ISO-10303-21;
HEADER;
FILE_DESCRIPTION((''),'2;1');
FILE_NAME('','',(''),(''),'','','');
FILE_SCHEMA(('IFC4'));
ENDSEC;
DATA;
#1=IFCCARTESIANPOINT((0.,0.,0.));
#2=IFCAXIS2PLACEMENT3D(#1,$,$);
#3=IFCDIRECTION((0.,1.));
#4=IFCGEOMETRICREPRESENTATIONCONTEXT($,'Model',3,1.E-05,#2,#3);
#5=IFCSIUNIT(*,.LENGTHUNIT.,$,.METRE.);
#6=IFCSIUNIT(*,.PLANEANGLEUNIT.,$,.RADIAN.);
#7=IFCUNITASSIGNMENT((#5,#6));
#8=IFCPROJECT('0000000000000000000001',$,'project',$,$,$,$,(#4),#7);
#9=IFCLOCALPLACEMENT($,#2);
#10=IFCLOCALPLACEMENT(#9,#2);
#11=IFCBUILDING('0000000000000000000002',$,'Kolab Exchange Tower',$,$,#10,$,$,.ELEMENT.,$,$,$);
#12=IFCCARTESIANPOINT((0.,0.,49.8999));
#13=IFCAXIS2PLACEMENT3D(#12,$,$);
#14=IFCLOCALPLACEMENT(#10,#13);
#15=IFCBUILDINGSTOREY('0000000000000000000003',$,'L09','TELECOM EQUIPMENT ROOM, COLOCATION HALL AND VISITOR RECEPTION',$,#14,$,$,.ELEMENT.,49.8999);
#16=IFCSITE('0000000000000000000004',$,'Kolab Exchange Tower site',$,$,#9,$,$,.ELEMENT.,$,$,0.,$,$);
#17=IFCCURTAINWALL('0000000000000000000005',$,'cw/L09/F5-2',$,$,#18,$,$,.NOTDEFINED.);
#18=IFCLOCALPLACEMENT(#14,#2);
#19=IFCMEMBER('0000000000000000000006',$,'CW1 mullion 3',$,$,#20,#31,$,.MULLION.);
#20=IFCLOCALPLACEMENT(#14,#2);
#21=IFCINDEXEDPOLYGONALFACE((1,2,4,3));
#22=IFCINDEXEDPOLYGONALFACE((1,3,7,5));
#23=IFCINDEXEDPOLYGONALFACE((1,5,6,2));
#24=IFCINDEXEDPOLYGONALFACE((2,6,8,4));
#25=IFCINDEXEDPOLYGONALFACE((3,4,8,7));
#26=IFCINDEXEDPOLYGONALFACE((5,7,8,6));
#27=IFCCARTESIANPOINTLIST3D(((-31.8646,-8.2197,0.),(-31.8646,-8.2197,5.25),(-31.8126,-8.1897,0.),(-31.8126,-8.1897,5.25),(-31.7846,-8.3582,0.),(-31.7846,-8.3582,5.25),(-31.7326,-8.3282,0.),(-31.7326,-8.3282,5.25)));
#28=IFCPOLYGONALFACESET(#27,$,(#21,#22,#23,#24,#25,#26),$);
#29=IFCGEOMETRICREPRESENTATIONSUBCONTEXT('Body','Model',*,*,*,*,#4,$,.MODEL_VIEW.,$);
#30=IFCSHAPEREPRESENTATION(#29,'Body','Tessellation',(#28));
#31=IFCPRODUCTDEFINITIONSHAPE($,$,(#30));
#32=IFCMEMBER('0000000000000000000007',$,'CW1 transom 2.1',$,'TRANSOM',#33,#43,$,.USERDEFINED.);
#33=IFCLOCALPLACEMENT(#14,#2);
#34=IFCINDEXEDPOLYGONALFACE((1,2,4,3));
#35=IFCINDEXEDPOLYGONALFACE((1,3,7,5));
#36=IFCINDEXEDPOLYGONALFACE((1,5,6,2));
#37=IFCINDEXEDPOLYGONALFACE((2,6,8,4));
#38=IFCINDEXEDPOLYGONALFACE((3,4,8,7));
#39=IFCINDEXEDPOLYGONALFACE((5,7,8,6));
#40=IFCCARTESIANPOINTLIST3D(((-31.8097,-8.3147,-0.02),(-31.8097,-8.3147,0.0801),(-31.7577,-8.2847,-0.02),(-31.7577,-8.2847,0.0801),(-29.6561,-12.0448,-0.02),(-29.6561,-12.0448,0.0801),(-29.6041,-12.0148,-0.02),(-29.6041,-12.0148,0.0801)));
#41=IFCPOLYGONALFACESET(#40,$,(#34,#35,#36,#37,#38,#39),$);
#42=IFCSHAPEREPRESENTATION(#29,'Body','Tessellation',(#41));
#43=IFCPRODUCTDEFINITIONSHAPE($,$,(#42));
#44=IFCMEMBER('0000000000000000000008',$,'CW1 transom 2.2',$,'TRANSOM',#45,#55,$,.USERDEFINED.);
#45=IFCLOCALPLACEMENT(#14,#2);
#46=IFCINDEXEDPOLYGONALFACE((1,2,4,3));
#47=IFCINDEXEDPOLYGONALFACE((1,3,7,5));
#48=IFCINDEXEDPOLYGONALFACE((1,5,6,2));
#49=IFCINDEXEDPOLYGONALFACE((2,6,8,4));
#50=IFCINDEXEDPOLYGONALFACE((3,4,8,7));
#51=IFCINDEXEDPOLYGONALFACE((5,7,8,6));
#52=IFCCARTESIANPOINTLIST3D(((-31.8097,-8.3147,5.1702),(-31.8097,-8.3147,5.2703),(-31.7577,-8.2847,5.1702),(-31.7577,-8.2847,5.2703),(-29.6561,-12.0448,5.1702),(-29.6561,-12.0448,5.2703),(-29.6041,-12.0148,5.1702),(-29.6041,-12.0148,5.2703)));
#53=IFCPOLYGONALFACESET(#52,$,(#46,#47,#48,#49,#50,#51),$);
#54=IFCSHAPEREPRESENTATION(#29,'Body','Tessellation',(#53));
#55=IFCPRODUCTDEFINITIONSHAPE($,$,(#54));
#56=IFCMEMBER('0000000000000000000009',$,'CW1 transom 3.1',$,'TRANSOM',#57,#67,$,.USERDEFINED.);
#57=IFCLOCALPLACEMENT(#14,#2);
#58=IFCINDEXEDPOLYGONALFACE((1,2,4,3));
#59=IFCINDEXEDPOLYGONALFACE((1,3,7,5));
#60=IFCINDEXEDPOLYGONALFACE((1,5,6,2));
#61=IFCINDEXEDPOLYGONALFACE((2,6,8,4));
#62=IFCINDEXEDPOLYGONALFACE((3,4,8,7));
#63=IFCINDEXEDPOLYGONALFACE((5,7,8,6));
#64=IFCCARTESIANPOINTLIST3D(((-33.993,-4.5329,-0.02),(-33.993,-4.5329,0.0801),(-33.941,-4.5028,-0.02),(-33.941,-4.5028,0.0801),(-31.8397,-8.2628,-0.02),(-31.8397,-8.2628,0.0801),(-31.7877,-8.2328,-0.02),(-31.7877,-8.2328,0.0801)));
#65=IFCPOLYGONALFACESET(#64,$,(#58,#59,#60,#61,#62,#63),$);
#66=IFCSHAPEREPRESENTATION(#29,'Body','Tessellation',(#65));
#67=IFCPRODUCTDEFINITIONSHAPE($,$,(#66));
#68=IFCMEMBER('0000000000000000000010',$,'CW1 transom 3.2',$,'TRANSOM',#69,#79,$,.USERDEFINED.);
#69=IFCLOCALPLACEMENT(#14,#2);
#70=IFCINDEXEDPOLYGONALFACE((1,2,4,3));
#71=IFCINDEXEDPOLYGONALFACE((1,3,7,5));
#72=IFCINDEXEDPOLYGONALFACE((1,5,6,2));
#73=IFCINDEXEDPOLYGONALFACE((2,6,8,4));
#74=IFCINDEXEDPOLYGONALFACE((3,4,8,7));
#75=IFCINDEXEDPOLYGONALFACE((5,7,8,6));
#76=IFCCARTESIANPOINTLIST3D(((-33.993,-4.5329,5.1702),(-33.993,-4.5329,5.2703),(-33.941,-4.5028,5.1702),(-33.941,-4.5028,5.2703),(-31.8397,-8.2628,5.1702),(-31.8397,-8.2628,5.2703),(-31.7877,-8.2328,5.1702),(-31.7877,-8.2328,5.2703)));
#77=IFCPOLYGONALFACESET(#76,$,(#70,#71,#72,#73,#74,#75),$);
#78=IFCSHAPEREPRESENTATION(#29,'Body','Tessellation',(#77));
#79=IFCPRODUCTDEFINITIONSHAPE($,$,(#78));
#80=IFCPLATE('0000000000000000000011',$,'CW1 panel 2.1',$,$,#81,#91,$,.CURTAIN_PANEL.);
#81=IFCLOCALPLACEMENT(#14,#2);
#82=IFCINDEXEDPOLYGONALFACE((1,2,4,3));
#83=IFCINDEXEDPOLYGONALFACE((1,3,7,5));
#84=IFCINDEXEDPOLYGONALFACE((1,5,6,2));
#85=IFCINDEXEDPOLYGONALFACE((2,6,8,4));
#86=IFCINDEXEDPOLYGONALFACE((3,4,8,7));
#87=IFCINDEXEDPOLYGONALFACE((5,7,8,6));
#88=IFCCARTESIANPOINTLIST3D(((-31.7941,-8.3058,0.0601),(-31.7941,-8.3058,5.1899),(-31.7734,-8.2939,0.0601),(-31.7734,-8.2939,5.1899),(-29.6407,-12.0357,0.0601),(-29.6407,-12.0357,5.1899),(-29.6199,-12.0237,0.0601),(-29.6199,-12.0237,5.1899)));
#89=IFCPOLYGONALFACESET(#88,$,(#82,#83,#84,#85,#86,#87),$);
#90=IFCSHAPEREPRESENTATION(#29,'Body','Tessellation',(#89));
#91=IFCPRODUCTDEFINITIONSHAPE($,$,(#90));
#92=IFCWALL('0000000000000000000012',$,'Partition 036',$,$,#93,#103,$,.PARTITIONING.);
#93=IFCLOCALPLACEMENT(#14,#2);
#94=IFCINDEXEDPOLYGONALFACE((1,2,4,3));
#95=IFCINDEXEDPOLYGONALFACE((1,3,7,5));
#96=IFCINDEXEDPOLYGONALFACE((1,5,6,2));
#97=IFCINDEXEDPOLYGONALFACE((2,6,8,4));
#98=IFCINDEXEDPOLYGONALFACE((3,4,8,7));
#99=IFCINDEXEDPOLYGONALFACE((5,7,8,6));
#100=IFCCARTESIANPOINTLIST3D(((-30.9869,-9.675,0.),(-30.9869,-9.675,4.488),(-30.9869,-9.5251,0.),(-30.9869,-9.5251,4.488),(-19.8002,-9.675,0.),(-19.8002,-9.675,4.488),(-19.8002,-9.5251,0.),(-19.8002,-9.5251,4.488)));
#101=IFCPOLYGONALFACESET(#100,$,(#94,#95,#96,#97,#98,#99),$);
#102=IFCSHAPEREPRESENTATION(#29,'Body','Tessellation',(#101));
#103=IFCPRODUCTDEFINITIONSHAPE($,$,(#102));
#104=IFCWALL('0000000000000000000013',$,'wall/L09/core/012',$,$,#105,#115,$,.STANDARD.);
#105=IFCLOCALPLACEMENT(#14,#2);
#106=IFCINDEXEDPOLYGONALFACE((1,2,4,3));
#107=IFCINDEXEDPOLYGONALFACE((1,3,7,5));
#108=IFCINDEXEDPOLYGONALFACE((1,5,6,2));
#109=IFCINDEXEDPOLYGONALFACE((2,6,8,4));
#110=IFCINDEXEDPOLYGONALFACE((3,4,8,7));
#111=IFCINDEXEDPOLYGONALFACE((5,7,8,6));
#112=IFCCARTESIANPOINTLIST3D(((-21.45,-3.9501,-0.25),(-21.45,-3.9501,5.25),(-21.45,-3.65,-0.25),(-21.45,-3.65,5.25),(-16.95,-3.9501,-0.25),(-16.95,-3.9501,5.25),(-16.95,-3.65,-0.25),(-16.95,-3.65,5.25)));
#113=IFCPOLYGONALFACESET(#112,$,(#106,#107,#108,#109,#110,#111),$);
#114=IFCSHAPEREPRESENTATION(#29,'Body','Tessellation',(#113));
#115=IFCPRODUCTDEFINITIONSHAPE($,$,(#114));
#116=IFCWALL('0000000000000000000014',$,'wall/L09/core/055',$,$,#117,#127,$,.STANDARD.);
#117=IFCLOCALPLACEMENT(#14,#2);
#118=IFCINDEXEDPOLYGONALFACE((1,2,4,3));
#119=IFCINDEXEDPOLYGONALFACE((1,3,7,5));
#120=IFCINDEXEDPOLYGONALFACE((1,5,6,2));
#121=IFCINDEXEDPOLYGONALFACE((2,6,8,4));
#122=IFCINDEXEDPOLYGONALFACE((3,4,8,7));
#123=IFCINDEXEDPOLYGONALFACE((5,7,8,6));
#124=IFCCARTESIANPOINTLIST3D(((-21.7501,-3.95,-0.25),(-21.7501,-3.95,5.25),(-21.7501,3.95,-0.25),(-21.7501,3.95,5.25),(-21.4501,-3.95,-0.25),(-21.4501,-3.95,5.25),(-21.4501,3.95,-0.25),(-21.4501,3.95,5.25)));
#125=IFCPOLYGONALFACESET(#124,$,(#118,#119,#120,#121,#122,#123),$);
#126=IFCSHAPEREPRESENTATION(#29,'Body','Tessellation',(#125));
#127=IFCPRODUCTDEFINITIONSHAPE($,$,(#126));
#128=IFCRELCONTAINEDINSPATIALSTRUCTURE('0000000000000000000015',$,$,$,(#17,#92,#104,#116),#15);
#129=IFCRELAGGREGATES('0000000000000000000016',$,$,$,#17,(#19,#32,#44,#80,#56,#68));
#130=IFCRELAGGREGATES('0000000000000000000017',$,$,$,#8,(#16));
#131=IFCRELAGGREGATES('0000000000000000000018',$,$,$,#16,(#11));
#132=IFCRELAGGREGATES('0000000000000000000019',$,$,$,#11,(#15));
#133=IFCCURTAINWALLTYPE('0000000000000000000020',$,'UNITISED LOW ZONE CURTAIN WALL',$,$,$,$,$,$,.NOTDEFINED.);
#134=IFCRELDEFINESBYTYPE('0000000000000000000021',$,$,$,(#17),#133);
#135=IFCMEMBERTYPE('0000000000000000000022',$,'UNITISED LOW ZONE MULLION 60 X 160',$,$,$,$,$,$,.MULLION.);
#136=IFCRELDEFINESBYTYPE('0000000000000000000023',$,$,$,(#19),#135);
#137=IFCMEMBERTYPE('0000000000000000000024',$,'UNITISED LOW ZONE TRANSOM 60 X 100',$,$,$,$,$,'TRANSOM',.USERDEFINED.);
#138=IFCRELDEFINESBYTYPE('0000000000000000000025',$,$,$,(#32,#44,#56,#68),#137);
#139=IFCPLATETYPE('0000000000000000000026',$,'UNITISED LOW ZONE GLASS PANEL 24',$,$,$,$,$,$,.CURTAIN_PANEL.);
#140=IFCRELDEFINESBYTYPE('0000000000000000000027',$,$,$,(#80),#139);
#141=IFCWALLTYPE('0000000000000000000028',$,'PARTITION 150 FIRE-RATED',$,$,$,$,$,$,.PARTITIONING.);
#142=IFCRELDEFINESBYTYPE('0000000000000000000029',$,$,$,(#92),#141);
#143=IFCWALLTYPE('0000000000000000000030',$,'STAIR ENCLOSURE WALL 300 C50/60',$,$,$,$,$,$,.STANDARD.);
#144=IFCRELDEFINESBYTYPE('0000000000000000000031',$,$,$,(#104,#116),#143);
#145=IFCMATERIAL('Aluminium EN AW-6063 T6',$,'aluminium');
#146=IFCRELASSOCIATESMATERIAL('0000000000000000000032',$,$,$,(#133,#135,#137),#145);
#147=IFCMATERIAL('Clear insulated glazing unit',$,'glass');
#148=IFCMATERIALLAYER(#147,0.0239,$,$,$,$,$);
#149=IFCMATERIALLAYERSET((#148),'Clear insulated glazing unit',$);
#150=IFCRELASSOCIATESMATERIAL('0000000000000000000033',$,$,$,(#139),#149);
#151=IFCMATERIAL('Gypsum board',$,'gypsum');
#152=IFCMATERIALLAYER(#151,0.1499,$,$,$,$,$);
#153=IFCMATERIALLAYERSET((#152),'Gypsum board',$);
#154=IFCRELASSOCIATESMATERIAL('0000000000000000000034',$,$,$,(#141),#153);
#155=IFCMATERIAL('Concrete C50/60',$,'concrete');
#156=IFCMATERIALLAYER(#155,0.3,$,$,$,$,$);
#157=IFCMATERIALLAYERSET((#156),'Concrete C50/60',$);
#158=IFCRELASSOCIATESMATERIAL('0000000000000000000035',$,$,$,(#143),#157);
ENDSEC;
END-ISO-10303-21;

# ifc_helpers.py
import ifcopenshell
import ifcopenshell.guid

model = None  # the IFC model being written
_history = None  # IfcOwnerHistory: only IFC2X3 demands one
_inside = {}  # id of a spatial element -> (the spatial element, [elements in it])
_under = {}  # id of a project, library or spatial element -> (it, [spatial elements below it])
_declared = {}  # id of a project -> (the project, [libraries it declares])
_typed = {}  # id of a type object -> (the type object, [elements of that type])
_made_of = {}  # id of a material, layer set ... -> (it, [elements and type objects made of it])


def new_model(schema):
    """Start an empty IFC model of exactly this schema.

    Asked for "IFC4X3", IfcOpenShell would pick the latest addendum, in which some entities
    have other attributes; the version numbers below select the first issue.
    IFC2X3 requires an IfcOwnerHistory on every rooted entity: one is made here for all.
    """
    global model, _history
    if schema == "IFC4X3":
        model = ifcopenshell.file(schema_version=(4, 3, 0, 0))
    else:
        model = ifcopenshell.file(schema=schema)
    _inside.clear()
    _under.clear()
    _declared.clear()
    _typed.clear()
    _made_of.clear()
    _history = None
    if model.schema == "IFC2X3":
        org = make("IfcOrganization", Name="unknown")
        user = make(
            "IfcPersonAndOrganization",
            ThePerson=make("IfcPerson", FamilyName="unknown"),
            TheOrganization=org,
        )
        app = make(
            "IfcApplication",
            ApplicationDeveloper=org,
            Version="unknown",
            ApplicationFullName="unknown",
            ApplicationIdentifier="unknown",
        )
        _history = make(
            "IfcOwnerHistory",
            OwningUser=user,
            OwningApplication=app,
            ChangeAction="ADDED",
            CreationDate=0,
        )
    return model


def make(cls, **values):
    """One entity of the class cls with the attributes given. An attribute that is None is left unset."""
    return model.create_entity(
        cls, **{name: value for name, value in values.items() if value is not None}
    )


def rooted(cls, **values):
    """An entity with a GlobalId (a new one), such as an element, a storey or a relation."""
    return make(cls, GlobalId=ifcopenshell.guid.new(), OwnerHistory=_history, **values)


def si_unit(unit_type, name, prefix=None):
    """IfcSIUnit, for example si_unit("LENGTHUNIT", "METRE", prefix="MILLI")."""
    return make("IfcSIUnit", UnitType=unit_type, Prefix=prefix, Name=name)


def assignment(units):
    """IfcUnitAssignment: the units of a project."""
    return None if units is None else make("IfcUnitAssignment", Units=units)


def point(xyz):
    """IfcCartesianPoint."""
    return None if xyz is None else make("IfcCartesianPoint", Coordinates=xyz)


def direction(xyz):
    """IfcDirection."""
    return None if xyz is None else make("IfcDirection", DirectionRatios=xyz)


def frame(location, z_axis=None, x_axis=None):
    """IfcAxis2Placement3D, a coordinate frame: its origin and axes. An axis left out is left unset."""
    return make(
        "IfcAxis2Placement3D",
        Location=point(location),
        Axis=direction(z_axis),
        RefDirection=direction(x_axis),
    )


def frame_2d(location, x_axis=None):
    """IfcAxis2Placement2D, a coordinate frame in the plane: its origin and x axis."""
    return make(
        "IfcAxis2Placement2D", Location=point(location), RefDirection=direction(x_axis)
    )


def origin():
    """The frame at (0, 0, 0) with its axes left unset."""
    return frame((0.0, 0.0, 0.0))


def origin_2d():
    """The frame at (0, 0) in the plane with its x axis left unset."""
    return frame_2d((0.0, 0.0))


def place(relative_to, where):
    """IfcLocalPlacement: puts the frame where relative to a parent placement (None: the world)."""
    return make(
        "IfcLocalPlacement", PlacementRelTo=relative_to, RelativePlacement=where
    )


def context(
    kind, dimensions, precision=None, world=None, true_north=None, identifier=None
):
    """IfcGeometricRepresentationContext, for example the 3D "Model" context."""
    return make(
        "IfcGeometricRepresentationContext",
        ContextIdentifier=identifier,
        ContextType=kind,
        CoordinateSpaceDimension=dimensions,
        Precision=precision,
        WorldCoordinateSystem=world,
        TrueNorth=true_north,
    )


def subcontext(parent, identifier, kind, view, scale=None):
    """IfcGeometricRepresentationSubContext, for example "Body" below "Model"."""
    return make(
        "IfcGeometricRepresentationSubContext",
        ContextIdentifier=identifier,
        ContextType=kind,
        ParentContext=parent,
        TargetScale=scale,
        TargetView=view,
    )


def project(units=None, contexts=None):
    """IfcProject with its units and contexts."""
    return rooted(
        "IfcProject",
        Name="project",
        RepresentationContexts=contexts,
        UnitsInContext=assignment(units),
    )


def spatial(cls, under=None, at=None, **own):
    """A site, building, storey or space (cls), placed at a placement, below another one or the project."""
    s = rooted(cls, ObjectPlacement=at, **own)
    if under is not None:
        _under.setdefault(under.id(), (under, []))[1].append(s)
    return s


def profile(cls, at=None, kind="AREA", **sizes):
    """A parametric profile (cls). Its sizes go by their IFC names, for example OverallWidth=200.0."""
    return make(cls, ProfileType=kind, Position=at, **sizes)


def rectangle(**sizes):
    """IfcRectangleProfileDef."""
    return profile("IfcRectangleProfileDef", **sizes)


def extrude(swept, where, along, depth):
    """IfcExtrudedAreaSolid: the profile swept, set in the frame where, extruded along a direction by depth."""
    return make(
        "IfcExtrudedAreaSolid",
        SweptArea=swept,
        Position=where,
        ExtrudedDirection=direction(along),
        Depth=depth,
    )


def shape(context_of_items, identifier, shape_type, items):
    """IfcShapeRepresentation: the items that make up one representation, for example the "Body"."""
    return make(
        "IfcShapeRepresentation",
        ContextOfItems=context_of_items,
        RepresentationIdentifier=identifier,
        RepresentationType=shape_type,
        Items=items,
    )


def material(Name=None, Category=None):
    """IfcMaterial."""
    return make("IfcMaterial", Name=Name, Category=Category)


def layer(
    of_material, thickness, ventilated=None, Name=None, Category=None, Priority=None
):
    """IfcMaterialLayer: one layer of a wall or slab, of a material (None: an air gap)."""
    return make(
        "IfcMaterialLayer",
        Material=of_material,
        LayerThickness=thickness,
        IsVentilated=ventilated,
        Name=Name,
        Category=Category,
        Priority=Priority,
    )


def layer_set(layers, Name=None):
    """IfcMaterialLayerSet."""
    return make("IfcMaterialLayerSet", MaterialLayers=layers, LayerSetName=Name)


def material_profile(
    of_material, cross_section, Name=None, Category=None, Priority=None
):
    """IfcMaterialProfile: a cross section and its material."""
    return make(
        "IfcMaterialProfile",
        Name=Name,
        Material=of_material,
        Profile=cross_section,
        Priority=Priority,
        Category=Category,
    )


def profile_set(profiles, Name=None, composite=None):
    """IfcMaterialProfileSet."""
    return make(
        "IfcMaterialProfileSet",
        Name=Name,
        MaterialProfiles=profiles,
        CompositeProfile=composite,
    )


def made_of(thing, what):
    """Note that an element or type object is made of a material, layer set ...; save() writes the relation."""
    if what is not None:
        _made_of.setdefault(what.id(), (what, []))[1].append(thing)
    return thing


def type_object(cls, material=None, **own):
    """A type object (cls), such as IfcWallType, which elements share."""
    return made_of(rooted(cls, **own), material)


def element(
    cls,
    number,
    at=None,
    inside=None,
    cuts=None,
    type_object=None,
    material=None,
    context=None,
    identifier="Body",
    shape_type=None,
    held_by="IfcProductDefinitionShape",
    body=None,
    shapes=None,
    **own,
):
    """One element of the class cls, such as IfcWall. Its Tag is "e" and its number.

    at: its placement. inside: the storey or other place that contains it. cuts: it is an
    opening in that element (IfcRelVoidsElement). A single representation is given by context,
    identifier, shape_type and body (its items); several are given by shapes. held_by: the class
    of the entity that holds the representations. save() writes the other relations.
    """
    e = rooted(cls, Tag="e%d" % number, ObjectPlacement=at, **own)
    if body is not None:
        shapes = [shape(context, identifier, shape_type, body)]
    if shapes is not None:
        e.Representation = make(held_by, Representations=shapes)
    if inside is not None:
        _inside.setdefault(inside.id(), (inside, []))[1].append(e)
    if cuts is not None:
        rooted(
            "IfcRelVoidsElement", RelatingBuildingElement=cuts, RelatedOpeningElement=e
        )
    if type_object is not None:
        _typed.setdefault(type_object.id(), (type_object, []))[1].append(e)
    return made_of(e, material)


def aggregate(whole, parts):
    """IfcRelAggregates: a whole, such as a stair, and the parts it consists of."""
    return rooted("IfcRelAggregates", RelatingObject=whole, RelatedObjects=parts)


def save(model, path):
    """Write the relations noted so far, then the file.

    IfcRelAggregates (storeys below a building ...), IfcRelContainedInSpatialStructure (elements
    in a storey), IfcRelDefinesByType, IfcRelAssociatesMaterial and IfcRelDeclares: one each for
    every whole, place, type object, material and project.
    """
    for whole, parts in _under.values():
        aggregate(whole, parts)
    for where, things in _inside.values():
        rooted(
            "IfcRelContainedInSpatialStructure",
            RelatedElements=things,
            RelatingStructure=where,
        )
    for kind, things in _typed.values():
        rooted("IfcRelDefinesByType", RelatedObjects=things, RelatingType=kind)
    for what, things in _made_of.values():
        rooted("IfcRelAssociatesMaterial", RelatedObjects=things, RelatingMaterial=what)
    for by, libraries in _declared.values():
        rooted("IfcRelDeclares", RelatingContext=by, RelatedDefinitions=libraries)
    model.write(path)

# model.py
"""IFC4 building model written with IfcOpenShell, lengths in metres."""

from ifc_helpers import new_model, si_unit, direction, frame, frame_2d, origin, origin_2d, place, context, subcontext, project, spatial, rectangle, extrude, material, layer, layer_set, material_profile, profile_set, type_object, element, aggregate, save


model = new_model("IFC4")

# Units and contexts
model_context = context("Model", 3, precision=1e-05, world=origin(), true_north=direction((0.0, 1.0)))
body_context = subcontext(model_context, "Body", "Model", "MODEL_VIEW")
ifc_project = project(units=[si_unit("LENGTHUNIT", "METRE"), si_unit("PLANEANGLEUNIT", "RADIAN")], contexts=[model_context])

# Site, building, storey
site_placement = place(None, origin())
site = spatial("IfcSite", under=ifc_project, at=site_placement, Name="Kolab Exchange Tower site", CompositionType="ELEMENT", RefElevation=0.0)
building_placement = place(site_placement, origin())
building = spatial("IfcBuilding", under=site, at=building_placement, Name="Kolab Exchange Tower", CompositionType="ELEMENT")
storey_placement = place(building_placement, frame((0.0, 0.0, 49.8999)))
storey = spatial("IfcBuildingStorey", under=building, at=storey_placement, Name="L09", Description="TELECOM EQUIPMENT ROOM, COLOCATION HALL AND VISITOR RECEPTION", CompositionType="ELEMENT", Elevation=49.8999)

# Curtain wall, members, plate
ifc_material_1 = material(Name="Aluminium EN AW-6063 T6", Category="aluminium")
curtain_wall_type = type_object("IfcCurtainWallType", Name="UNITISED LOW ZONE CURTAIN WALL", PredefinedType="NOTDEFINED", material=ifc_material_1)
curtain_wall_placement = place(storey_placement, origin())
curtain_wall = element("IfcCurtainWall", 1, at=curtain_wall_placement, inside=storey, type_object=curtain_wall_type, Name="cw/L09/F5-2", PredefinedType="NOTDEFINED")
ifc_material_profile_1 = material_profile(ifc_material_1, rectangle(XDim=0.0601, YDim=0.1599, at=origin_2d()), Name="RECT 60X160")
ifc_profile_set_1 = profile_set([ifc_material_profile_1], Name="Aluminium EN AW-6063 T6")
member_type_1 = type_object("IfcMemberType", Name="UNITISED LOW ZONE MULLION 60 X 160", PredefinedType="MULLION", material=ifc_profile_set_1)
member_1_placement = place(storey_placement, frame((-31.7986, -8.2739, 0.0), z_axis=(0.0, 0.0, 1.0), x_axis=(-0.866025, -0.5, 0.0)))
member_1 = element("IfcMember", 2, at=member_1_placement, type_object=member_type_1, Name="CW1 mullion 3", PredefinedType="MULLION", context=body_context, shape_type="SweptSolid", body=[
    extrude(rectangle(XDim=0.0601, YDim=0.1599, at=origin_2d()), origin(), (0.0, 0.0, 1.0), 5.25),
])
ifc_material_profile_2 = material_profile(ifc_material_1, rectangle(XDim=0.0601, YDim=0.1001, at=origin_2d()), Name="RECT 60X100")
ifc_profile_set_2 = profile_set([ifc_material_profile_2], Name="Aluminium EN AW-6063 T6")
member_type_2 = type_object("IfcMemberType", Name="UNITISED LOW ZONE TRANSOM 60 X 100", ElementType="TRANSOM", PredefinedType="USERDEFINED", material=ifc_profile_set_2)
member_2_placement = place(storey_placement, frame((-29.6301, -12.0298, 0.03), z_axis=(-0.50001, 0.866019, 0.0), x_axis=(-0.866019, -0.50001, 0.0)))
member_2 = element("IfcMember", 3, at=member_2_placement, type_object=member_type_2, Name="CW1 transom 2.1", ObjectType="TRANSOM", PredefinedType="USERDEFINED", context=body_context, shape_type="SweptSolid", body=[
    extrude(rectangle(XDim=0.0601, YDim=0.1001, at=origin_2d()), origin(), (0.0, 0.0, 1.0), 4.3071),
])
member_3_placement = place(storey_placement, frame((-29.6301, -12.0298, 5.2202), z_axis=(-0.50001, 0.866019, 0.0), x_axis=(-0.866019, -0.50001, 0.0)))
member_3 = element("IfcMember", 4, at=member_3_placement, type_object=member_type_2, Name="CW1 transom 2.2", ObjectType="TRANSOM", PredefinedType="USERDEFINED", context=body_context, shape_type="SweptSolid", body=[
    extrude(rectangle(XDim=0.0601, YDim=0.1001, at=origin_2d()), origin(), (0.0, 0.0, 1.0), 4.3071),
])
member_4_placement = place(storey_placement, frame((-31.8137, -8.2478, 0.03), z_axis=(-0.499968, 0.866044, 0.0), x_axis=(-0.866044, -0.499968, 0.0)))
member_4 = element("IfcMember", 5, at=member_4_placement, type_object=member_type_2, Name="CW1 transom 3.1", ObjectType="TRANSOM", PredefinedType="USERDEFINED", context=body_context, shape_type="SweptSolid", body=[
    extrude(rectangle(XDim=0.0601, YDim=0.1001, at=origin_2d()), origin(), (0.0, 0.0, 1.0), 4.3069),
])
member_5_placement = place(storey_placement, frame((-31.8137, -8.2478, 5.2202), z_axis=(-0.499968, 0.866044, 0.0), x_axis=(-0.866044, -0.499968, 0.0)))
member_5 = element("IfcMember", 6, at=member_5_placement, type_object=member_type_2, Name="CW1 transom 3.2", ObjectType="TRANSOM", PredefinedType="USERDEFINED", context=body_context, shape_type="SweptSolid", body=[
    extrude(rectangle(XDim=0.0601, YDim=0.1001, at=origin_2d()), origin(), (0.0, 0.0, 1.0), 4.3069),
])
ifc_material_2 = material(Name="Clear insulated glazing unit", Category="glass")
ifc_layer_1 = layer(ifc_material_2, 0.0239)
ifc_layer_set_1 = layer_set([ifc_layer_1], Name="Clear insulated glazing unit")
plate_type = type_object("IfcPlateType", Name="UNITISED LOW ZONE GLASS PANEL 24", PredefinedType="CURTAIN_PANEL", material=ifc_layer_set_1)
plate_placement = place(storey_placement, frame((-30.707, -10.1648, 0.0601), z_axis=(0.0, 0.0, 1.0), x_axis=(-0.5, 0.866025, 0.0)))
plate = element("IfcPlate", 7, at=plate_placement, type_object=plate_type, Name="CW1 panel 2.1", PredefinedType="CURTAIN_PANEL", context=body_context, shape_type="SweptSolid", body=[
    extrude(rectangle(XDim=4.3069, YDim=0.0239, at=origin_2d()), origin(), (0.0, 0.0, 1.0), 5.1299),
])
aggregate(curtain_wall, [member_1, member_2, member_3, plate, member_4, member_5])

# Walls
ifc_material_3 = material(Name="Gypsum board", Category="gypsum")
ifc_layer_2 = layer(ifc_material_3, 0.1499)
ifc_layer_set_2 = layer_set([ifc_layer_2], Name="Gypsum board")
wall_type_1 = type_object("IfcWallType", Name="PARTITION 150 FIRE-RATED", PredefinedType="PARTITIONING", material=ifc_layer_set_2)
wall_1_placement = place(storey_placement, frame((-30.9868, -9.6001, 0.0), z_axis=(0.0, 0.0, 1.0), x_axis=(1.0, 0.0, 0.0)))
element("IfcWall", 8, at=wall_1_placement, inside=storey, type_object=wall_type_1, Name="Partition 036", PredefinedType="PARTITIONING", context=body_context, shape_type="SweptSolid", body=[
    extrude(rectangle(XDim=11.1868, YDim=0.1499, at=frame_2d((5.5933, 0.0))), origin(), (0.0, 0.0, 1.0), 4.488),
])
ifc_material_4 = material(Name="Concrete C50/60", Category="concrete")
ifc_layer_3 = layer(ifc_material_4, 0.3)
ifc_layer_set_3 = layer_set([ifc_layer_3], Name="Concrete C50/60")
wall_type_2 = type_object("IfcWallType", Name="STAIR ENCLOSURE WALL 300 C50/60", PredefinedType="STANDARD", material=ifc_layer_set_3)
wall_2_placement = place(storey_placement, frame((-21.45, -3.8, -0.25), z_axis=(0.0, 0.0, 1.0), x_axis=(1.0, 0.0, 0.0)))
element("IfcWall", 9, at=wall_2_placement, inside=storey, type_object=wall_type_2, Name="wall/L09/core/012", PredefinedType="STANDARD", context=body_context, shape_type="SweptSolid", body=[
    extrude(rectangle(XDim=4.5, YDim=0.3, at=frame_2d((2.25, 0.0))), origin(), (0.0, 0.0, 1.0), 5.5),
])
wall_3_placement = place(storey_placement, frame((-21.6001, -3.95, -0.25), z_axis=(0.0, 0.0, 1.0), x_axis=(0.0, 1.0, 0.0)))
element("IfcWall", 10, at=wall_3_placement, inside=storey, type_object=wall_type_2, Name="wall/L09/core/055", PredefinedType="STANDARD", context=body_context, shape_type="SweptSolid", body=[
    extrude(rectangle(XDim=7.8999, YDim=0.3, at=frame_2d((3.95, 0.0))), origin(), (0.0, 0.0, 1.0), 5.5),
])

save(model, "model.ifc")
